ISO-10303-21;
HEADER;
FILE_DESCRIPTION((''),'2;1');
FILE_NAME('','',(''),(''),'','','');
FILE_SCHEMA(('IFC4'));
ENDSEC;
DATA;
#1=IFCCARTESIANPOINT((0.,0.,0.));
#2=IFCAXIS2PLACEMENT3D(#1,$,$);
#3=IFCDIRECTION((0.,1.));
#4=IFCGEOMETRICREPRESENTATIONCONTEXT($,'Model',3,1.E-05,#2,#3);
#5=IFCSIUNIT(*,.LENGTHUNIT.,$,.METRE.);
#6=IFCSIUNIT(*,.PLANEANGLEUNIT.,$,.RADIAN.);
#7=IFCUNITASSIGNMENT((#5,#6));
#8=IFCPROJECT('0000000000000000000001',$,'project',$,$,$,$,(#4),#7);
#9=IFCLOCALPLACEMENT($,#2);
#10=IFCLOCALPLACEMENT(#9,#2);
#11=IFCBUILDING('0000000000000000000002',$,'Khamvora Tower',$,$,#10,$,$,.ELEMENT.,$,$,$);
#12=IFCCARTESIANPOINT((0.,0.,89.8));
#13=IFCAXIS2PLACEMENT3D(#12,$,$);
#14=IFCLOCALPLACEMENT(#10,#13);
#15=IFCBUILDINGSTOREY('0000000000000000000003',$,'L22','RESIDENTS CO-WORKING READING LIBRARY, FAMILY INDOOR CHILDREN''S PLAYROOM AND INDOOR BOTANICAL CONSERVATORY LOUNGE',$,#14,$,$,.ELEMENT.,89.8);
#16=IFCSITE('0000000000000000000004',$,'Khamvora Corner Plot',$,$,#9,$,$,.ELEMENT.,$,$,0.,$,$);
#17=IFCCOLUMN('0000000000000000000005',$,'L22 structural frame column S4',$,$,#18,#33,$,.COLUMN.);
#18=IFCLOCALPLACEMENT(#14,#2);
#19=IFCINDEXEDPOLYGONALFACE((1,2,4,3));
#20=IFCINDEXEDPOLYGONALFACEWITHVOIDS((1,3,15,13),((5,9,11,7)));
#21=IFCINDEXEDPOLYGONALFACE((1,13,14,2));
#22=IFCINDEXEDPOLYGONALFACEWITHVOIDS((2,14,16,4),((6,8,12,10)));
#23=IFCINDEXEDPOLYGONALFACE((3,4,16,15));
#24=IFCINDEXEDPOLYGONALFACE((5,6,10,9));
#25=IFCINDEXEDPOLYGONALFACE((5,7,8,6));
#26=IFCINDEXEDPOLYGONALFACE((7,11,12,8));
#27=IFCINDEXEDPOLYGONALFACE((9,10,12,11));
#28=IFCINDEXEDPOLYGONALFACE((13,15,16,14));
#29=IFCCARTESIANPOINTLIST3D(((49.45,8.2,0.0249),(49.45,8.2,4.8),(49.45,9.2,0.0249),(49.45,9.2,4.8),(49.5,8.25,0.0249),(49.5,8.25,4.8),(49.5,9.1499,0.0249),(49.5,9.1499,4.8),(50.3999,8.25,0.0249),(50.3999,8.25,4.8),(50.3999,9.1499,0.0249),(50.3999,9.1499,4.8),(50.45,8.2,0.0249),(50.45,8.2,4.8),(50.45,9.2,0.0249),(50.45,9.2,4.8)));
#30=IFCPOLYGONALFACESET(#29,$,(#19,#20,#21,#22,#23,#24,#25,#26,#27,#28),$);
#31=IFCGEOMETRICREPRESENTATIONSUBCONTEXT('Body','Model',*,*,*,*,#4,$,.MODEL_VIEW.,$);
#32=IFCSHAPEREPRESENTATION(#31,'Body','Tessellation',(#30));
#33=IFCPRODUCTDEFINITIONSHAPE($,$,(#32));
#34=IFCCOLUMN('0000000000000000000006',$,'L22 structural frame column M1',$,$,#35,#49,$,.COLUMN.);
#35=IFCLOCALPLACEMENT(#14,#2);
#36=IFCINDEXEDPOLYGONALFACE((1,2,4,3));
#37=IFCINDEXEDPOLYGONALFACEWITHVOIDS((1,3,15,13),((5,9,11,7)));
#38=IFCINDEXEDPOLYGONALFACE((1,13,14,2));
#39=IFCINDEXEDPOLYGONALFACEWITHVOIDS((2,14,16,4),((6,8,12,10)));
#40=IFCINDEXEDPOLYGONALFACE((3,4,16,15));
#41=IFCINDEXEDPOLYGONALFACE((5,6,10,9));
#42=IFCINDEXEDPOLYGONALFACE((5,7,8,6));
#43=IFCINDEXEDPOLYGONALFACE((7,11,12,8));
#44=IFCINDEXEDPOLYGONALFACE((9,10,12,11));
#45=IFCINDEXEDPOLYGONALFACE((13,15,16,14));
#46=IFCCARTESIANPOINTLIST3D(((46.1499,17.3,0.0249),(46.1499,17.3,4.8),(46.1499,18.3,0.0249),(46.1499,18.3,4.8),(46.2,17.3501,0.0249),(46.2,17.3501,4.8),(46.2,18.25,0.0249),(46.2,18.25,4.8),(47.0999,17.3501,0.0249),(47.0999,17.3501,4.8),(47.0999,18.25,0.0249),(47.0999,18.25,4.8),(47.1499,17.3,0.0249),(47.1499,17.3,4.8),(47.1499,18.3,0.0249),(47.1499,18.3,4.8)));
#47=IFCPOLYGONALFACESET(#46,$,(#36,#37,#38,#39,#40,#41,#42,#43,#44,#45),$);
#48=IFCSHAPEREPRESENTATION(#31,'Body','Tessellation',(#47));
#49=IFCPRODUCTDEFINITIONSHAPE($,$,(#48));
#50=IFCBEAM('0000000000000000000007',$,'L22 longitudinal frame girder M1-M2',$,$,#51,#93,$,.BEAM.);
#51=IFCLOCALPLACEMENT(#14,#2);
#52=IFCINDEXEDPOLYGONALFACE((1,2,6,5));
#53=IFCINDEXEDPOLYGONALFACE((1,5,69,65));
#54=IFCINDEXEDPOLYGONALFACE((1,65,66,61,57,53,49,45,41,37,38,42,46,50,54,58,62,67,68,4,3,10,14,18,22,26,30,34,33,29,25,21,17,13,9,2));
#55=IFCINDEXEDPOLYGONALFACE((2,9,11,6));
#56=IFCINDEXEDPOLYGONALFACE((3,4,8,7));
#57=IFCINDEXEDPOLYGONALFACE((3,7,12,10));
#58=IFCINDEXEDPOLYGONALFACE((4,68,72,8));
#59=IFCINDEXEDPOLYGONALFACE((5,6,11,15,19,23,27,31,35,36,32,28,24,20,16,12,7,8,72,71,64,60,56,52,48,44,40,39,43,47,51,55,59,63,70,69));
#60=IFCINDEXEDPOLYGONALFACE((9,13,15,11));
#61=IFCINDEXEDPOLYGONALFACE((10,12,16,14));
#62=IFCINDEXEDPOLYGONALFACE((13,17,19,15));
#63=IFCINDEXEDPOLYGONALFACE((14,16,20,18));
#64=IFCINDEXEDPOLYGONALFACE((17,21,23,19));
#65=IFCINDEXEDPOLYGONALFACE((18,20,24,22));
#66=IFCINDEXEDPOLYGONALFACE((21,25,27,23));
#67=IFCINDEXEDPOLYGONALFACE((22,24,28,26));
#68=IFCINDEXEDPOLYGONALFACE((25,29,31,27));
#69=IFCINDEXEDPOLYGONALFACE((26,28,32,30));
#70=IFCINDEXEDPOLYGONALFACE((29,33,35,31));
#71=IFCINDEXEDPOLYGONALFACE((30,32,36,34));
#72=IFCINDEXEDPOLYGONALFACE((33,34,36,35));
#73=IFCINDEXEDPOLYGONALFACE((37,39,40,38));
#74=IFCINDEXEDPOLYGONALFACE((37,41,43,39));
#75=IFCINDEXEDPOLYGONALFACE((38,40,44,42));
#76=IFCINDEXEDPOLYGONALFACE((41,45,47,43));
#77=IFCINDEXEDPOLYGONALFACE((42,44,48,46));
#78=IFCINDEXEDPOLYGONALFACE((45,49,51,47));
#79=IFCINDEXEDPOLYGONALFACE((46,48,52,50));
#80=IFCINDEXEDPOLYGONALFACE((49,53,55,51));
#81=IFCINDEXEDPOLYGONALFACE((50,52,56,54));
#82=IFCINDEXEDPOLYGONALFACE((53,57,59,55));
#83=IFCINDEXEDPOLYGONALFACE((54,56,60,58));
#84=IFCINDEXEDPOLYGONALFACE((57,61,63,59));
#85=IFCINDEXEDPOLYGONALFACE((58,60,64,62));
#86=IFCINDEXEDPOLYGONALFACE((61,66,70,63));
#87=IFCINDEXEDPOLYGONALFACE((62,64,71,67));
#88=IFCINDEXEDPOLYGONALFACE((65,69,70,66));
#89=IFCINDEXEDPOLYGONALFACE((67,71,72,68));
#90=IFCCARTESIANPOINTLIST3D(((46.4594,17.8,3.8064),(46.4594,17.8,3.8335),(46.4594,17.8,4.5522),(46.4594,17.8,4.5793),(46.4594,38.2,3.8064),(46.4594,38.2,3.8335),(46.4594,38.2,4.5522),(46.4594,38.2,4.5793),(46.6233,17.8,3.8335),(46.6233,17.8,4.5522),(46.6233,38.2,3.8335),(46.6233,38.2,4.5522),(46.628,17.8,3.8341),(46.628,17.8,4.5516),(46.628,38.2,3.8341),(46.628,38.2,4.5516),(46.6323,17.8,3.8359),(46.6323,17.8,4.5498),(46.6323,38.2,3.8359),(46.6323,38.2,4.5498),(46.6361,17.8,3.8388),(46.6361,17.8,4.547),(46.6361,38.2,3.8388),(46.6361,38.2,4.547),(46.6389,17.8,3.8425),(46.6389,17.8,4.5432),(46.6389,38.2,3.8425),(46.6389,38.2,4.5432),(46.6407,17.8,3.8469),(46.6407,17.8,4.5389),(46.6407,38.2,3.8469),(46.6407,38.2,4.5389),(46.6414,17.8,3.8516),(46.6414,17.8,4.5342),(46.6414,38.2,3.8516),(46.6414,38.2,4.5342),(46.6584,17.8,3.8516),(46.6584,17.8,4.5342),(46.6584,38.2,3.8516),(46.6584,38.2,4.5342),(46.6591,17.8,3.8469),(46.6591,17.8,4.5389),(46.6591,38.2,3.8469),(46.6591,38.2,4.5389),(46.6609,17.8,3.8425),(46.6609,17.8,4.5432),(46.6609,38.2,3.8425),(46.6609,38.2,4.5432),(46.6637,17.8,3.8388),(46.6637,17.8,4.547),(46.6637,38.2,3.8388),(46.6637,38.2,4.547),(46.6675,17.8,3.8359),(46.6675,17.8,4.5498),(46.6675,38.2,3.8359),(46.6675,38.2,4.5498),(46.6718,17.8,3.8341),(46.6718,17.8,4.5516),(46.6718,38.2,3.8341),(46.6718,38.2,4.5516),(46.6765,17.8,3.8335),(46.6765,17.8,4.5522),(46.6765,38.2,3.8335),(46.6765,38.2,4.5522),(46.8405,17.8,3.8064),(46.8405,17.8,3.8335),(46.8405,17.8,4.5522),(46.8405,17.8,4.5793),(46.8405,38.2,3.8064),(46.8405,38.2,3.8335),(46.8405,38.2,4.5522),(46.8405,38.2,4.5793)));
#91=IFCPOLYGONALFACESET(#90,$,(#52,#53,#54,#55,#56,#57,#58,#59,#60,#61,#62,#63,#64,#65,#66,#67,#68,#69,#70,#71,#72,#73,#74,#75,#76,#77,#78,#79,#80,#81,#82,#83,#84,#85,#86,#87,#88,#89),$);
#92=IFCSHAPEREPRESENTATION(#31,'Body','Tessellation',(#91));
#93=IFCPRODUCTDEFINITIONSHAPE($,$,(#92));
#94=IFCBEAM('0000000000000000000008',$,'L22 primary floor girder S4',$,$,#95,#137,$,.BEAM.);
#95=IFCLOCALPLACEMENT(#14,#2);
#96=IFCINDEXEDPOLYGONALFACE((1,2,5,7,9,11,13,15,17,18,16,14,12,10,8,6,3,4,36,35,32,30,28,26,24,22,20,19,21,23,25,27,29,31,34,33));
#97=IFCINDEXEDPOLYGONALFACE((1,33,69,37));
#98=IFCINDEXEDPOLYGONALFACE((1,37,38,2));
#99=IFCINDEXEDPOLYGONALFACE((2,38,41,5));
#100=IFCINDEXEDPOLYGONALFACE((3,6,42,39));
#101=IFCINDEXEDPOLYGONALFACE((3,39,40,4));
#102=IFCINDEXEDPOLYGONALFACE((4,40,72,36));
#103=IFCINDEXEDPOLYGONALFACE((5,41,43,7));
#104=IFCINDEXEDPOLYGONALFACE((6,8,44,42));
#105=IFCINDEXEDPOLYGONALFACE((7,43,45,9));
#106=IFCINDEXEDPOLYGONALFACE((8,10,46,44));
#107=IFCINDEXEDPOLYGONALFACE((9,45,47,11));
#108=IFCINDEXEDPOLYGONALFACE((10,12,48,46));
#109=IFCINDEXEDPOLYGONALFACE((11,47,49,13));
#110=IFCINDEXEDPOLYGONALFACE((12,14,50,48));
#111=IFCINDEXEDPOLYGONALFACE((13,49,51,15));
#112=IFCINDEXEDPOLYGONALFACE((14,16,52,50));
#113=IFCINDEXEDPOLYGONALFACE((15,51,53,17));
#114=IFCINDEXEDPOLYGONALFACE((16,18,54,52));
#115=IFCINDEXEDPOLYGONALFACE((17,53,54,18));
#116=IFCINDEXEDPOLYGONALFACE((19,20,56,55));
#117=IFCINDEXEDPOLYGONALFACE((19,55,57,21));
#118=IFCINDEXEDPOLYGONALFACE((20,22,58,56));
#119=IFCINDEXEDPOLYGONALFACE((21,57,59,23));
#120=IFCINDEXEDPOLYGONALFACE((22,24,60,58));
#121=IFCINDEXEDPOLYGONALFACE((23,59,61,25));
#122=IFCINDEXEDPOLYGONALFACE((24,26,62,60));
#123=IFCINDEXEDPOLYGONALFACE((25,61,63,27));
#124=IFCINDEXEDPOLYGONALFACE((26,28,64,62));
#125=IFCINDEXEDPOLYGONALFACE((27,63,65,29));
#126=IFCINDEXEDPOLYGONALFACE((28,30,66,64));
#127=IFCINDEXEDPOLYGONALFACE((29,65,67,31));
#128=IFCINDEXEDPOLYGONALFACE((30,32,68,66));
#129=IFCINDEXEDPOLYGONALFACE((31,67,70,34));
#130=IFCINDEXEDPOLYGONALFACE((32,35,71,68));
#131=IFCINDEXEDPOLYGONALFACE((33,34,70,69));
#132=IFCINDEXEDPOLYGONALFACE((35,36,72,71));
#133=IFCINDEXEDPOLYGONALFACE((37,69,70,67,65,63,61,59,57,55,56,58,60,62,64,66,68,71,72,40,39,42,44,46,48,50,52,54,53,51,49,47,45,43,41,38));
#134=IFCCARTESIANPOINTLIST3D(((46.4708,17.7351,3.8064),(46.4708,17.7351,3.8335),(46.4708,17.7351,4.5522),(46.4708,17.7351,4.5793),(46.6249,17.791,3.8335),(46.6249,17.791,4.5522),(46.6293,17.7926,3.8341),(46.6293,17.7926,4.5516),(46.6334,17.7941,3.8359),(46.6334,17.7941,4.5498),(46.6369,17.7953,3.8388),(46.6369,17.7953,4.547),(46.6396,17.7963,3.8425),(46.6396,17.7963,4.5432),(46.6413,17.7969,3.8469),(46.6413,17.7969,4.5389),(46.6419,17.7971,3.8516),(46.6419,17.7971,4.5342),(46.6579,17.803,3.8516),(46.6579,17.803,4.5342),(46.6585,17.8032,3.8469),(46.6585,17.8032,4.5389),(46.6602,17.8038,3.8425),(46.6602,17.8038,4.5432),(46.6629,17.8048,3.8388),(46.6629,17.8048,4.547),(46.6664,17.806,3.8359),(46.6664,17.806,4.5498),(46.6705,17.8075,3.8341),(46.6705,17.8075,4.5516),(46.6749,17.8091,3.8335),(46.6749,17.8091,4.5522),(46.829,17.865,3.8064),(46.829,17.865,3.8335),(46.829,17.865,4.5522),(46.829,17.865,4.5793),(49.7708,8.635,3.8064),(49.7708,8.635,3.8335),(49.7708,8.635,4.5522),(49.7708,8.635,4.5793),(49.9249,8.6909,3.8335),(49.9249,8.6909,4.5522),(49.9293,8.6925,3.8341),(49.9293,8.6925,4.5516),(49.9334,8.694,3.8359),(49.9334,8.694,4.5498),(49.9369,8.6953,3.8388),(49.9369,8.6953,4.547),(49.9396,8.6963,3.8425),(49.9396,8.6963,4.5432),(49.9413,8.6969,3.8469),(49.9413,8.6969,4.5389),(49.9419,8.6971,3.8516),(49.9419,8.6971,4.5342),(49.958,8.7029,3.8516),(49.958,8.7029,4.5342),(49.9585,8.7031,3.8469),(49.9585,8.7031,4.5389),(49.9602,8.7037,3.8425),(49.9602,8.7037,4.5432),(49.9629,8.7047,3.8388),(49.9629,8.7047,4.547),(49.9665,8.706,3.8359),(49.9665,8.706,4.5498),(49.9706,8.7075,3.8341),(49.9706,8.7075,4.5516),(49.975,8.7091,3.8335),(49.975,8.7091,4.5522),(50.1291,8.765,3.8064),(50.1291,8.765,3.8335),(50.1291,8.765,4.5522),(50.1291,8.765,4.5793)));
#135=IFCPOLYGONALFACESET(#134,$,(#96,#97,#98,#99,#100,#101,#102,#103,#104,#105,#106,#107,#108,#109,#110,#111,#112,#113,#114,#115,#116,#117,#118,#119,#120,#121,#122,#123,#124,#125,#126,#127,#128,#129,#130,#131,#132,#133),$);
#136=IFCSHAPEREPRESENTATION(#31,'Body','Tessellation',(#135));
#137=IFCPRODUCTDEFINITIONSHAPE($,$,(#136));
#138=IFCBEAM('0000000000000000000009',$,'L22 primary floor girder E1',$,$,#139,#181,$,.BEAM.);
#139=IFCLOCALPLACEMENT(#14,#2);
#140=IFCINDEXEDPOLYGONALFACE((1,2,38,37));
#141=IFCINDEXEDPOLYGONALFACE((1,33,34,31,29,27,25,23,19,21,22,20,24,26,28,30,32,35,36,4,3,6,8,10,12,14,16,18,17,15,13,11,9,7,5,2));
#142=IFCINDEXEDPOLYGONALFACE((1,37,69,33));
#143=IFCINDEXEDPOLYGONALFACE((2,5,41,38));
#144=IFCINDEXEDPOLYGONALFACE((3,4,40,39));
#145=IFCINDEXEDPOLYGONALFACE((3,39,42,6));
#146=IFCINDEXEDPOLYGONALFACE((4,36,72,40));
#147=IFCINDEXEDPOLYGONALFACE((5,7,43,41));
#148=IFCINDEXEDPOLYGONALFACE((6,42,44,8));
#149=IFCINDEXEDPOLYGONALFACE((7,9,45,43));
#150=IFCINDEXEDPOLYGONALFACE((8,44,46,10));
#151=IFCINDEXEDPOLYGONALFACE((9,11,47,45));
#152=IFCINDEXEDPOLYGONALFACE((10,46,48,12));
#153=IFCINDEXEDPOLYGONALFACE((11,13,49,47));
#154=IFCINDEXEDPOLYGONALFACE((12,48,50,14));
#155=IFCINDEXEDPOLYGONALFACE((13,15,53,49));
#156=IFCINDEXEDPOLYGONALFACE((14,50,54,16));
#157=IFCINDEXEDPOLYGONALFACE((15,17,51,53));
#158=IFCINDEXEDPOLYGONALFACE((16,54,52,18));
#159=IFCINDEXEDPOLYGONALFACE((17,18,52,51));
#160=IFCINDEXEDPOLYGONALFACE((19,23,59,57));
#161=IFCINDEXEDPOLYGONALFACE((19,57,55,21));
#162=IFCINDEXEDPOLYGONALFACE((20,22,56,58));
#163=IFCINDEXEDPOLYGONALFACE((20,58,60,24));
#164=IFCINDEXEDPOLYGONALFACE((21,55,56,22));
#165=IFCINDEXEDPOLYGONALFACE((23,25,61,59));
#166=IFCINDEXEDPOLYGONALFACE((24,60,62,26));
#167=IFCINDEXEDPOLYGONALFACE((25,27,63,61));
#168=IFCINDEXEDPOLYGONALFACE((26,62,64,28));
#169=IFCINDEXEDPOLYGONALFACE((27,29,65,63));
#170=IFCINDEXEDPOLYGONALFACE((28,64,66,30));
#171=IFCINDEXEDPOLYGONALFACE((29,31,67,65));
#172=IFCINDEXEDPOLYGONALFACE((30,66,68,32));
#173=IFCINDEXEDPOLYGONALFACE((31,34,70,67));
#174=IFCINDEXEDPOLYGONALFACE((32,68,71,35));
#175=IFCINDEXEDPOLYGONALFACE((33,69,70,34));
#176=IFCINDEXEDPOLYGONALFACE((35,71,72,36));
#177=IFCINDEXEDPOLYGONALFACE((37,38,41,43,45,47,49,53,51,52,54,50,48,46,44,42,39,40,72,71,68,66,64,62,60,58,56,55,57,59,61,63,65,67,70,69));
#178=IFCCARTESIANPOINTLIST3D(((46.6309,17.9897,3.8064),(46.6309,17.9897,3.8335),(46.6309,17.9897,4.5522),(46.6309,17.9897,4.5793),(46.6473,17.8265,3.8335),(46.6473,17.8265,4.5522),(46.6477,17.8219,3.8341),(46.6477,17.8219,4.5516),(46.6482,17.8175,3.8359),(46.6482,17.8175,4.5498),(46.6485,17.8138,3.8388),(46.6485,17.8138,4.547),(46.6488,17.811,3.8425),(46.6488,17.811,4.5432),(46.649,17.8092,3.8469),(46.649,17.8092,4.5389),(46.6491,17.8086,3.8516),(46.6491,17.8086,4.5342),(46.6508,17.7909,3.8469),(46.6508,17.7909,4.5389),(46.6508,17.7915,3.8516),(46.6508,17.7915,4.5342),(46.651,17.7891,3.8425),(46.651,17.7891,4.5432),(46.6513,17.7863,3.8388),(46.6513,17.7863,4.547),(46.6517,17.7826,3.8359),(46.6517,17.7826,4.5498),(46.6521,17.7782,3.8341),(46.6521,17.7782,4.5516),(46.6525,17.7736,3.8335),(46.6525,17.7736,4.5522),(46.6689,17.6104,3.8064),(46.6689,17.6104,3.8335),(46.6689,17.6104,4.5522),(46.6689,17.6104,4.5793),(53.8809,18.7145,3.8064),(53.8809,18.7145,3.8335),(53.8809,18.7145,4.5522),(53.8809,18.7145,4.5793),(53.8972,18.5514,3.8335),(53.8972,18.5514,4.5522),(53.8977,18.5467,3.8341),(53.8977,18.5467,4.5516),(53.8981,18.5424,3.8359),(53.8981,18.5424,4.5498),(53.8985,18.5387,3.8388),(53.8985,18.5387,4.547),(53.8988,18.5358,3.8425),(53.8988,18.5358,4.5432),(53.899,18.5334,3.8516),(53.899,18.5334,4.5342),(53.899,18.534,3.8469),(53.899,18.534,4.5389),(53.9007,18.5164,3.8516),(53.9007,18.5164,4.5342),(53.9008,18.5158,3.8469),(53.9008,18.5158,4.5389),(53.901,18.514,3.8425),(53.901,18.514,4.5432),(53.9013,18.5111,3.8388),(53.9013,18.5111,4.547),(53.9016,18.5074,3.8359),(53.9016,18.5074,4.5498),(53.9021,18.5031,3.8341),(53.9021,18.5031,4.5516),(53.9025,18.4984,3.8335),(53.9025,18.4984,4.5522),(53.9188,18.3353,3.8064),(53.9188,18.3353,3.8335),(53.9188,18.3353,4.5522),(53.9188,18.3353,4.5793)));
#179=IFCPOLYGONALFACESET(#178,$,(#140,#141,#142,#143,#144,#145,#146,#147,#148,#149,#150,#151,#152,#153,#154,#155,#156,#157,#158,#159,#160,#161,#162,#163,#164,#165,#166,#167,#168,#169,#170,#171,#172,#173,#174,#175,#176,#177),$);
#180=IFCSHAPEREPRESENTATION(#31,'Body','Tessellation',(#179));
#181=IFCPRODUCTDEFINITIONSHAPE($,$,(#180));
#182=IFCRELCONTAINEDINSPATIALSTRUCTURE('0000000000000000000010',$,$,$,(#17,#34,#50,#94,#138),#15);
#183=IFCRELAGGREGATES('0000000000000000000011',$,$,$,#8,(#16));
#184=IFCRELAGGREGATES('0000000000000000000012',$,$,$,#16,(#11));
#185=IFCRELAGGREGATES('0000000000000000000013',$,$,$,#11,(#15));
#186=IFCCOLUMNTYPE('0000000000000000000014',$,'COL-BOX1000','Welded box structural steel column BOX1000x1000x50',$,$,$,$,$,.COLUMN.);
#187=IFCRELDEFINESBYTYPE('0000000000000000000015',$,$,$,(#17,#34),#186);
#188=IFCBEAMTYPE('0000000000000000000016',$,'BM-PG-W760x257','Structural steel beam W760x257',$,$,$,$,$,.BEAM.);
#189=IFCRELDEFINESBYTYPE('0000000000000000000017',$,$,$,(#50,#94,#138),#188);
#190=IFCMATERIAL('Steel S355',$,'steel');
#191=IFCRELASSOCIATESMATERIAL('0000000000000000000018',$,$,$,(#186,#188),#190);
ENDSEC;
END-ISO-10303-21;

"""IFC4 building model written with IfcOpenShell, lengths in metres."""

from ifc_helpers import new_model, si_unit, direction, frame, origin, origin_2d, place, context, subcontext, project, spatial, hollow_rectangle, i_section, extrude, material, material_profile, profile_set, type_object, element, save


model = new_model("IFC4")

# Units and contexts
model_context = context("Model", 3, precision=1e-05, world=origin(), true_north=direction((0.0, 1.0)))
body_context = subcontext(model_context, "Body", "Model", "MODEL_VIEW")
ifc_project = project(units=[si_unit("LENGTHUNIT", "METRE"), si_unit("PLANEANGLEUNIT", "RADIAN")], contexts=[model_context])

# Site, building, storey
site_placement = place(None, origin())
site = spatial("IfcSite", under=ifc_project, at=site_placement, Name="Khamvora Corner Plot", CompositionType="ELEMENT", RefElevation=0.0)
building_placement = place(site_placement, origin())
building = spatial("IfcBuilding", under=site, at=building_placement, Name="Khamvora Tower", CompositionType="ELEMENT")
storey_placement = place(building_placement, frame((0.0, 0.0, 89.8)))
storey = spatial("IfcBuildingStorey", under=building, at=storey_placement, Name="L22", Description="RESIDENTS CO-WORKING READING LIBRARY, FAMILY INDOOR CHILDREN'S PLAYROOM AND INDOOR BOTANICAL CONSERVATORY LOUNGE", CompositionType="ELEMENT", Elevation=89.8)

# Columns
ifc_material_1 = material(Name="Steel S355", Category="steel")
ifc_material_profile_1 = material_profile(ifc_material_1, hollow_rectangle(XDim=1.0, YDim=1.0, WallThickness=0.05, at=origin_2d()), Name="BOX1000x1000x50")
ifc_profile_set_1 = profile_set([ifc_material_profile_1], Name="Steel S355")
column_type = type_object("IfcColumnType", Name="COL-BOX1000", Description="Welded box structural steel column BOX1000x1000x50", PredefinedType="COLUMN", material=ifc_profile_set_1)
for number, where, z_axis, x_axis, name in (
    (1, (49.95, 8.7, 0.0249), (0.0, 0.0, 1.0), (1.0, 0.0, 0.0), "L22 structural frame column S4"),
    (2, (46.6499, 17.8, 0.0249), (0.0, 0.0, 1.0), (1.0, 0.0, 0.0), "L22 structural frame column M1"),
):
    element("IfcColumn", number, at=place(storey_placement, frame(where, z_axis=z_axis, x_axis=x_axis)), inside=storey, type_object=column_type, Name=name, PredefinedType="COLUMN", context=body_context, shape_type="SweptSolid", body=[
        extrude(hollow_rectangle(XDim=1.0, YDim=1.0, WallThickness=0.05, at=origin_2d()), origin(), (0.0, 0.0, 1.0), 4.7751),
    ])

# Beams
ifc_material_profile_2 = material_profile(ifc_material_1, i_section(OverallWidth=0.3811, OverallDepth=0.7729, WebThickness=0.0171, FlangeThickness=0.0271, FilletRadius=0.0181, at=origin_2d()), Name="W760x257")
ifc_profile_set_2 = profile_set([ifc_material_profile_2], Name="Steel S355")
beam_type_1 = type_object("IfcBeamType", Name="BM-PG-W760x257", Description="Structural steel beam W760x257", PredefinedType="BEAM", material=ifc_profile_set_2)
beam_1_placement = place(storey_placement, frame((46.6499, 17.8, 4.1929), z_axis=(0.0, 1.0, 0.0), x_axis=(-1.0, 0.0, 0.0)))
element("IfcBeam", 3, at=beam_1_placement, inside=storey, type_object=beam_type_1, Name="L22 longitudinal frame girder M1-M2", PredefinedType="BEAM", context=body_context, shape_type="SweptSolid", body=[
    extrude(i_section(OverallWidth=0.3811, OverallDepth=0.7729, WebThickness=0.0171, FlangeThickness=0.0271, FilletRadius=0.0181, at=origin_2d()), origin(), (0.0, 0.0, 1.0), 20.3999),
])
beam_2_placement = place(storey_placement, frame((46.6499, 17.8, 4.1929), z_axis=(0.340915, -0.940094, 0.0), x_axis=(0.940094, 0.340915, 0.0)))
element("IfcBeam", 4, at=beam_2_placement, inside=storey, type_object=beam_type_1, Name="L22 primary floor girder S4", PredefinedType="BEAM", context=body_context, shape_type="SweptSolid", body=[
    extrude(i_section(OverallWidth=0.3811, OverallDepth=0.7729, WebThickness=0.0171, FlangeThickness=0.0271, FilletRadius=0.0181, at=origin_2d()), origin(), (0.0, 0.0, 1.0), 9.6799),
])
beam_3_placement = place(storey_placement, frame((46.6499, 17.8, 4.1929), z_axis=(0.995039, 0.099484, 0.0), x_axis=(-0.099484, 0.995039, 0.0)))
element("IfcBeam", 5, at=beam_3_placement, inside=storey, type_object=beam_type_1, Name="L22 primary floor girder E1", PredefinedType="BEAM", context=body_context, shape_type="SweptSolid", body=[
    extrude(i_section(OverallWidth=0.3811, OverallDepth=0.7729, WebThickness=0.0171, FlangeThickness=0.0271, FilletRadius=0.0181, at=origin_2d()), origin(), (0.0, 0.0, 1.0), 7.2861),
])

save(model, "model.ifc")
